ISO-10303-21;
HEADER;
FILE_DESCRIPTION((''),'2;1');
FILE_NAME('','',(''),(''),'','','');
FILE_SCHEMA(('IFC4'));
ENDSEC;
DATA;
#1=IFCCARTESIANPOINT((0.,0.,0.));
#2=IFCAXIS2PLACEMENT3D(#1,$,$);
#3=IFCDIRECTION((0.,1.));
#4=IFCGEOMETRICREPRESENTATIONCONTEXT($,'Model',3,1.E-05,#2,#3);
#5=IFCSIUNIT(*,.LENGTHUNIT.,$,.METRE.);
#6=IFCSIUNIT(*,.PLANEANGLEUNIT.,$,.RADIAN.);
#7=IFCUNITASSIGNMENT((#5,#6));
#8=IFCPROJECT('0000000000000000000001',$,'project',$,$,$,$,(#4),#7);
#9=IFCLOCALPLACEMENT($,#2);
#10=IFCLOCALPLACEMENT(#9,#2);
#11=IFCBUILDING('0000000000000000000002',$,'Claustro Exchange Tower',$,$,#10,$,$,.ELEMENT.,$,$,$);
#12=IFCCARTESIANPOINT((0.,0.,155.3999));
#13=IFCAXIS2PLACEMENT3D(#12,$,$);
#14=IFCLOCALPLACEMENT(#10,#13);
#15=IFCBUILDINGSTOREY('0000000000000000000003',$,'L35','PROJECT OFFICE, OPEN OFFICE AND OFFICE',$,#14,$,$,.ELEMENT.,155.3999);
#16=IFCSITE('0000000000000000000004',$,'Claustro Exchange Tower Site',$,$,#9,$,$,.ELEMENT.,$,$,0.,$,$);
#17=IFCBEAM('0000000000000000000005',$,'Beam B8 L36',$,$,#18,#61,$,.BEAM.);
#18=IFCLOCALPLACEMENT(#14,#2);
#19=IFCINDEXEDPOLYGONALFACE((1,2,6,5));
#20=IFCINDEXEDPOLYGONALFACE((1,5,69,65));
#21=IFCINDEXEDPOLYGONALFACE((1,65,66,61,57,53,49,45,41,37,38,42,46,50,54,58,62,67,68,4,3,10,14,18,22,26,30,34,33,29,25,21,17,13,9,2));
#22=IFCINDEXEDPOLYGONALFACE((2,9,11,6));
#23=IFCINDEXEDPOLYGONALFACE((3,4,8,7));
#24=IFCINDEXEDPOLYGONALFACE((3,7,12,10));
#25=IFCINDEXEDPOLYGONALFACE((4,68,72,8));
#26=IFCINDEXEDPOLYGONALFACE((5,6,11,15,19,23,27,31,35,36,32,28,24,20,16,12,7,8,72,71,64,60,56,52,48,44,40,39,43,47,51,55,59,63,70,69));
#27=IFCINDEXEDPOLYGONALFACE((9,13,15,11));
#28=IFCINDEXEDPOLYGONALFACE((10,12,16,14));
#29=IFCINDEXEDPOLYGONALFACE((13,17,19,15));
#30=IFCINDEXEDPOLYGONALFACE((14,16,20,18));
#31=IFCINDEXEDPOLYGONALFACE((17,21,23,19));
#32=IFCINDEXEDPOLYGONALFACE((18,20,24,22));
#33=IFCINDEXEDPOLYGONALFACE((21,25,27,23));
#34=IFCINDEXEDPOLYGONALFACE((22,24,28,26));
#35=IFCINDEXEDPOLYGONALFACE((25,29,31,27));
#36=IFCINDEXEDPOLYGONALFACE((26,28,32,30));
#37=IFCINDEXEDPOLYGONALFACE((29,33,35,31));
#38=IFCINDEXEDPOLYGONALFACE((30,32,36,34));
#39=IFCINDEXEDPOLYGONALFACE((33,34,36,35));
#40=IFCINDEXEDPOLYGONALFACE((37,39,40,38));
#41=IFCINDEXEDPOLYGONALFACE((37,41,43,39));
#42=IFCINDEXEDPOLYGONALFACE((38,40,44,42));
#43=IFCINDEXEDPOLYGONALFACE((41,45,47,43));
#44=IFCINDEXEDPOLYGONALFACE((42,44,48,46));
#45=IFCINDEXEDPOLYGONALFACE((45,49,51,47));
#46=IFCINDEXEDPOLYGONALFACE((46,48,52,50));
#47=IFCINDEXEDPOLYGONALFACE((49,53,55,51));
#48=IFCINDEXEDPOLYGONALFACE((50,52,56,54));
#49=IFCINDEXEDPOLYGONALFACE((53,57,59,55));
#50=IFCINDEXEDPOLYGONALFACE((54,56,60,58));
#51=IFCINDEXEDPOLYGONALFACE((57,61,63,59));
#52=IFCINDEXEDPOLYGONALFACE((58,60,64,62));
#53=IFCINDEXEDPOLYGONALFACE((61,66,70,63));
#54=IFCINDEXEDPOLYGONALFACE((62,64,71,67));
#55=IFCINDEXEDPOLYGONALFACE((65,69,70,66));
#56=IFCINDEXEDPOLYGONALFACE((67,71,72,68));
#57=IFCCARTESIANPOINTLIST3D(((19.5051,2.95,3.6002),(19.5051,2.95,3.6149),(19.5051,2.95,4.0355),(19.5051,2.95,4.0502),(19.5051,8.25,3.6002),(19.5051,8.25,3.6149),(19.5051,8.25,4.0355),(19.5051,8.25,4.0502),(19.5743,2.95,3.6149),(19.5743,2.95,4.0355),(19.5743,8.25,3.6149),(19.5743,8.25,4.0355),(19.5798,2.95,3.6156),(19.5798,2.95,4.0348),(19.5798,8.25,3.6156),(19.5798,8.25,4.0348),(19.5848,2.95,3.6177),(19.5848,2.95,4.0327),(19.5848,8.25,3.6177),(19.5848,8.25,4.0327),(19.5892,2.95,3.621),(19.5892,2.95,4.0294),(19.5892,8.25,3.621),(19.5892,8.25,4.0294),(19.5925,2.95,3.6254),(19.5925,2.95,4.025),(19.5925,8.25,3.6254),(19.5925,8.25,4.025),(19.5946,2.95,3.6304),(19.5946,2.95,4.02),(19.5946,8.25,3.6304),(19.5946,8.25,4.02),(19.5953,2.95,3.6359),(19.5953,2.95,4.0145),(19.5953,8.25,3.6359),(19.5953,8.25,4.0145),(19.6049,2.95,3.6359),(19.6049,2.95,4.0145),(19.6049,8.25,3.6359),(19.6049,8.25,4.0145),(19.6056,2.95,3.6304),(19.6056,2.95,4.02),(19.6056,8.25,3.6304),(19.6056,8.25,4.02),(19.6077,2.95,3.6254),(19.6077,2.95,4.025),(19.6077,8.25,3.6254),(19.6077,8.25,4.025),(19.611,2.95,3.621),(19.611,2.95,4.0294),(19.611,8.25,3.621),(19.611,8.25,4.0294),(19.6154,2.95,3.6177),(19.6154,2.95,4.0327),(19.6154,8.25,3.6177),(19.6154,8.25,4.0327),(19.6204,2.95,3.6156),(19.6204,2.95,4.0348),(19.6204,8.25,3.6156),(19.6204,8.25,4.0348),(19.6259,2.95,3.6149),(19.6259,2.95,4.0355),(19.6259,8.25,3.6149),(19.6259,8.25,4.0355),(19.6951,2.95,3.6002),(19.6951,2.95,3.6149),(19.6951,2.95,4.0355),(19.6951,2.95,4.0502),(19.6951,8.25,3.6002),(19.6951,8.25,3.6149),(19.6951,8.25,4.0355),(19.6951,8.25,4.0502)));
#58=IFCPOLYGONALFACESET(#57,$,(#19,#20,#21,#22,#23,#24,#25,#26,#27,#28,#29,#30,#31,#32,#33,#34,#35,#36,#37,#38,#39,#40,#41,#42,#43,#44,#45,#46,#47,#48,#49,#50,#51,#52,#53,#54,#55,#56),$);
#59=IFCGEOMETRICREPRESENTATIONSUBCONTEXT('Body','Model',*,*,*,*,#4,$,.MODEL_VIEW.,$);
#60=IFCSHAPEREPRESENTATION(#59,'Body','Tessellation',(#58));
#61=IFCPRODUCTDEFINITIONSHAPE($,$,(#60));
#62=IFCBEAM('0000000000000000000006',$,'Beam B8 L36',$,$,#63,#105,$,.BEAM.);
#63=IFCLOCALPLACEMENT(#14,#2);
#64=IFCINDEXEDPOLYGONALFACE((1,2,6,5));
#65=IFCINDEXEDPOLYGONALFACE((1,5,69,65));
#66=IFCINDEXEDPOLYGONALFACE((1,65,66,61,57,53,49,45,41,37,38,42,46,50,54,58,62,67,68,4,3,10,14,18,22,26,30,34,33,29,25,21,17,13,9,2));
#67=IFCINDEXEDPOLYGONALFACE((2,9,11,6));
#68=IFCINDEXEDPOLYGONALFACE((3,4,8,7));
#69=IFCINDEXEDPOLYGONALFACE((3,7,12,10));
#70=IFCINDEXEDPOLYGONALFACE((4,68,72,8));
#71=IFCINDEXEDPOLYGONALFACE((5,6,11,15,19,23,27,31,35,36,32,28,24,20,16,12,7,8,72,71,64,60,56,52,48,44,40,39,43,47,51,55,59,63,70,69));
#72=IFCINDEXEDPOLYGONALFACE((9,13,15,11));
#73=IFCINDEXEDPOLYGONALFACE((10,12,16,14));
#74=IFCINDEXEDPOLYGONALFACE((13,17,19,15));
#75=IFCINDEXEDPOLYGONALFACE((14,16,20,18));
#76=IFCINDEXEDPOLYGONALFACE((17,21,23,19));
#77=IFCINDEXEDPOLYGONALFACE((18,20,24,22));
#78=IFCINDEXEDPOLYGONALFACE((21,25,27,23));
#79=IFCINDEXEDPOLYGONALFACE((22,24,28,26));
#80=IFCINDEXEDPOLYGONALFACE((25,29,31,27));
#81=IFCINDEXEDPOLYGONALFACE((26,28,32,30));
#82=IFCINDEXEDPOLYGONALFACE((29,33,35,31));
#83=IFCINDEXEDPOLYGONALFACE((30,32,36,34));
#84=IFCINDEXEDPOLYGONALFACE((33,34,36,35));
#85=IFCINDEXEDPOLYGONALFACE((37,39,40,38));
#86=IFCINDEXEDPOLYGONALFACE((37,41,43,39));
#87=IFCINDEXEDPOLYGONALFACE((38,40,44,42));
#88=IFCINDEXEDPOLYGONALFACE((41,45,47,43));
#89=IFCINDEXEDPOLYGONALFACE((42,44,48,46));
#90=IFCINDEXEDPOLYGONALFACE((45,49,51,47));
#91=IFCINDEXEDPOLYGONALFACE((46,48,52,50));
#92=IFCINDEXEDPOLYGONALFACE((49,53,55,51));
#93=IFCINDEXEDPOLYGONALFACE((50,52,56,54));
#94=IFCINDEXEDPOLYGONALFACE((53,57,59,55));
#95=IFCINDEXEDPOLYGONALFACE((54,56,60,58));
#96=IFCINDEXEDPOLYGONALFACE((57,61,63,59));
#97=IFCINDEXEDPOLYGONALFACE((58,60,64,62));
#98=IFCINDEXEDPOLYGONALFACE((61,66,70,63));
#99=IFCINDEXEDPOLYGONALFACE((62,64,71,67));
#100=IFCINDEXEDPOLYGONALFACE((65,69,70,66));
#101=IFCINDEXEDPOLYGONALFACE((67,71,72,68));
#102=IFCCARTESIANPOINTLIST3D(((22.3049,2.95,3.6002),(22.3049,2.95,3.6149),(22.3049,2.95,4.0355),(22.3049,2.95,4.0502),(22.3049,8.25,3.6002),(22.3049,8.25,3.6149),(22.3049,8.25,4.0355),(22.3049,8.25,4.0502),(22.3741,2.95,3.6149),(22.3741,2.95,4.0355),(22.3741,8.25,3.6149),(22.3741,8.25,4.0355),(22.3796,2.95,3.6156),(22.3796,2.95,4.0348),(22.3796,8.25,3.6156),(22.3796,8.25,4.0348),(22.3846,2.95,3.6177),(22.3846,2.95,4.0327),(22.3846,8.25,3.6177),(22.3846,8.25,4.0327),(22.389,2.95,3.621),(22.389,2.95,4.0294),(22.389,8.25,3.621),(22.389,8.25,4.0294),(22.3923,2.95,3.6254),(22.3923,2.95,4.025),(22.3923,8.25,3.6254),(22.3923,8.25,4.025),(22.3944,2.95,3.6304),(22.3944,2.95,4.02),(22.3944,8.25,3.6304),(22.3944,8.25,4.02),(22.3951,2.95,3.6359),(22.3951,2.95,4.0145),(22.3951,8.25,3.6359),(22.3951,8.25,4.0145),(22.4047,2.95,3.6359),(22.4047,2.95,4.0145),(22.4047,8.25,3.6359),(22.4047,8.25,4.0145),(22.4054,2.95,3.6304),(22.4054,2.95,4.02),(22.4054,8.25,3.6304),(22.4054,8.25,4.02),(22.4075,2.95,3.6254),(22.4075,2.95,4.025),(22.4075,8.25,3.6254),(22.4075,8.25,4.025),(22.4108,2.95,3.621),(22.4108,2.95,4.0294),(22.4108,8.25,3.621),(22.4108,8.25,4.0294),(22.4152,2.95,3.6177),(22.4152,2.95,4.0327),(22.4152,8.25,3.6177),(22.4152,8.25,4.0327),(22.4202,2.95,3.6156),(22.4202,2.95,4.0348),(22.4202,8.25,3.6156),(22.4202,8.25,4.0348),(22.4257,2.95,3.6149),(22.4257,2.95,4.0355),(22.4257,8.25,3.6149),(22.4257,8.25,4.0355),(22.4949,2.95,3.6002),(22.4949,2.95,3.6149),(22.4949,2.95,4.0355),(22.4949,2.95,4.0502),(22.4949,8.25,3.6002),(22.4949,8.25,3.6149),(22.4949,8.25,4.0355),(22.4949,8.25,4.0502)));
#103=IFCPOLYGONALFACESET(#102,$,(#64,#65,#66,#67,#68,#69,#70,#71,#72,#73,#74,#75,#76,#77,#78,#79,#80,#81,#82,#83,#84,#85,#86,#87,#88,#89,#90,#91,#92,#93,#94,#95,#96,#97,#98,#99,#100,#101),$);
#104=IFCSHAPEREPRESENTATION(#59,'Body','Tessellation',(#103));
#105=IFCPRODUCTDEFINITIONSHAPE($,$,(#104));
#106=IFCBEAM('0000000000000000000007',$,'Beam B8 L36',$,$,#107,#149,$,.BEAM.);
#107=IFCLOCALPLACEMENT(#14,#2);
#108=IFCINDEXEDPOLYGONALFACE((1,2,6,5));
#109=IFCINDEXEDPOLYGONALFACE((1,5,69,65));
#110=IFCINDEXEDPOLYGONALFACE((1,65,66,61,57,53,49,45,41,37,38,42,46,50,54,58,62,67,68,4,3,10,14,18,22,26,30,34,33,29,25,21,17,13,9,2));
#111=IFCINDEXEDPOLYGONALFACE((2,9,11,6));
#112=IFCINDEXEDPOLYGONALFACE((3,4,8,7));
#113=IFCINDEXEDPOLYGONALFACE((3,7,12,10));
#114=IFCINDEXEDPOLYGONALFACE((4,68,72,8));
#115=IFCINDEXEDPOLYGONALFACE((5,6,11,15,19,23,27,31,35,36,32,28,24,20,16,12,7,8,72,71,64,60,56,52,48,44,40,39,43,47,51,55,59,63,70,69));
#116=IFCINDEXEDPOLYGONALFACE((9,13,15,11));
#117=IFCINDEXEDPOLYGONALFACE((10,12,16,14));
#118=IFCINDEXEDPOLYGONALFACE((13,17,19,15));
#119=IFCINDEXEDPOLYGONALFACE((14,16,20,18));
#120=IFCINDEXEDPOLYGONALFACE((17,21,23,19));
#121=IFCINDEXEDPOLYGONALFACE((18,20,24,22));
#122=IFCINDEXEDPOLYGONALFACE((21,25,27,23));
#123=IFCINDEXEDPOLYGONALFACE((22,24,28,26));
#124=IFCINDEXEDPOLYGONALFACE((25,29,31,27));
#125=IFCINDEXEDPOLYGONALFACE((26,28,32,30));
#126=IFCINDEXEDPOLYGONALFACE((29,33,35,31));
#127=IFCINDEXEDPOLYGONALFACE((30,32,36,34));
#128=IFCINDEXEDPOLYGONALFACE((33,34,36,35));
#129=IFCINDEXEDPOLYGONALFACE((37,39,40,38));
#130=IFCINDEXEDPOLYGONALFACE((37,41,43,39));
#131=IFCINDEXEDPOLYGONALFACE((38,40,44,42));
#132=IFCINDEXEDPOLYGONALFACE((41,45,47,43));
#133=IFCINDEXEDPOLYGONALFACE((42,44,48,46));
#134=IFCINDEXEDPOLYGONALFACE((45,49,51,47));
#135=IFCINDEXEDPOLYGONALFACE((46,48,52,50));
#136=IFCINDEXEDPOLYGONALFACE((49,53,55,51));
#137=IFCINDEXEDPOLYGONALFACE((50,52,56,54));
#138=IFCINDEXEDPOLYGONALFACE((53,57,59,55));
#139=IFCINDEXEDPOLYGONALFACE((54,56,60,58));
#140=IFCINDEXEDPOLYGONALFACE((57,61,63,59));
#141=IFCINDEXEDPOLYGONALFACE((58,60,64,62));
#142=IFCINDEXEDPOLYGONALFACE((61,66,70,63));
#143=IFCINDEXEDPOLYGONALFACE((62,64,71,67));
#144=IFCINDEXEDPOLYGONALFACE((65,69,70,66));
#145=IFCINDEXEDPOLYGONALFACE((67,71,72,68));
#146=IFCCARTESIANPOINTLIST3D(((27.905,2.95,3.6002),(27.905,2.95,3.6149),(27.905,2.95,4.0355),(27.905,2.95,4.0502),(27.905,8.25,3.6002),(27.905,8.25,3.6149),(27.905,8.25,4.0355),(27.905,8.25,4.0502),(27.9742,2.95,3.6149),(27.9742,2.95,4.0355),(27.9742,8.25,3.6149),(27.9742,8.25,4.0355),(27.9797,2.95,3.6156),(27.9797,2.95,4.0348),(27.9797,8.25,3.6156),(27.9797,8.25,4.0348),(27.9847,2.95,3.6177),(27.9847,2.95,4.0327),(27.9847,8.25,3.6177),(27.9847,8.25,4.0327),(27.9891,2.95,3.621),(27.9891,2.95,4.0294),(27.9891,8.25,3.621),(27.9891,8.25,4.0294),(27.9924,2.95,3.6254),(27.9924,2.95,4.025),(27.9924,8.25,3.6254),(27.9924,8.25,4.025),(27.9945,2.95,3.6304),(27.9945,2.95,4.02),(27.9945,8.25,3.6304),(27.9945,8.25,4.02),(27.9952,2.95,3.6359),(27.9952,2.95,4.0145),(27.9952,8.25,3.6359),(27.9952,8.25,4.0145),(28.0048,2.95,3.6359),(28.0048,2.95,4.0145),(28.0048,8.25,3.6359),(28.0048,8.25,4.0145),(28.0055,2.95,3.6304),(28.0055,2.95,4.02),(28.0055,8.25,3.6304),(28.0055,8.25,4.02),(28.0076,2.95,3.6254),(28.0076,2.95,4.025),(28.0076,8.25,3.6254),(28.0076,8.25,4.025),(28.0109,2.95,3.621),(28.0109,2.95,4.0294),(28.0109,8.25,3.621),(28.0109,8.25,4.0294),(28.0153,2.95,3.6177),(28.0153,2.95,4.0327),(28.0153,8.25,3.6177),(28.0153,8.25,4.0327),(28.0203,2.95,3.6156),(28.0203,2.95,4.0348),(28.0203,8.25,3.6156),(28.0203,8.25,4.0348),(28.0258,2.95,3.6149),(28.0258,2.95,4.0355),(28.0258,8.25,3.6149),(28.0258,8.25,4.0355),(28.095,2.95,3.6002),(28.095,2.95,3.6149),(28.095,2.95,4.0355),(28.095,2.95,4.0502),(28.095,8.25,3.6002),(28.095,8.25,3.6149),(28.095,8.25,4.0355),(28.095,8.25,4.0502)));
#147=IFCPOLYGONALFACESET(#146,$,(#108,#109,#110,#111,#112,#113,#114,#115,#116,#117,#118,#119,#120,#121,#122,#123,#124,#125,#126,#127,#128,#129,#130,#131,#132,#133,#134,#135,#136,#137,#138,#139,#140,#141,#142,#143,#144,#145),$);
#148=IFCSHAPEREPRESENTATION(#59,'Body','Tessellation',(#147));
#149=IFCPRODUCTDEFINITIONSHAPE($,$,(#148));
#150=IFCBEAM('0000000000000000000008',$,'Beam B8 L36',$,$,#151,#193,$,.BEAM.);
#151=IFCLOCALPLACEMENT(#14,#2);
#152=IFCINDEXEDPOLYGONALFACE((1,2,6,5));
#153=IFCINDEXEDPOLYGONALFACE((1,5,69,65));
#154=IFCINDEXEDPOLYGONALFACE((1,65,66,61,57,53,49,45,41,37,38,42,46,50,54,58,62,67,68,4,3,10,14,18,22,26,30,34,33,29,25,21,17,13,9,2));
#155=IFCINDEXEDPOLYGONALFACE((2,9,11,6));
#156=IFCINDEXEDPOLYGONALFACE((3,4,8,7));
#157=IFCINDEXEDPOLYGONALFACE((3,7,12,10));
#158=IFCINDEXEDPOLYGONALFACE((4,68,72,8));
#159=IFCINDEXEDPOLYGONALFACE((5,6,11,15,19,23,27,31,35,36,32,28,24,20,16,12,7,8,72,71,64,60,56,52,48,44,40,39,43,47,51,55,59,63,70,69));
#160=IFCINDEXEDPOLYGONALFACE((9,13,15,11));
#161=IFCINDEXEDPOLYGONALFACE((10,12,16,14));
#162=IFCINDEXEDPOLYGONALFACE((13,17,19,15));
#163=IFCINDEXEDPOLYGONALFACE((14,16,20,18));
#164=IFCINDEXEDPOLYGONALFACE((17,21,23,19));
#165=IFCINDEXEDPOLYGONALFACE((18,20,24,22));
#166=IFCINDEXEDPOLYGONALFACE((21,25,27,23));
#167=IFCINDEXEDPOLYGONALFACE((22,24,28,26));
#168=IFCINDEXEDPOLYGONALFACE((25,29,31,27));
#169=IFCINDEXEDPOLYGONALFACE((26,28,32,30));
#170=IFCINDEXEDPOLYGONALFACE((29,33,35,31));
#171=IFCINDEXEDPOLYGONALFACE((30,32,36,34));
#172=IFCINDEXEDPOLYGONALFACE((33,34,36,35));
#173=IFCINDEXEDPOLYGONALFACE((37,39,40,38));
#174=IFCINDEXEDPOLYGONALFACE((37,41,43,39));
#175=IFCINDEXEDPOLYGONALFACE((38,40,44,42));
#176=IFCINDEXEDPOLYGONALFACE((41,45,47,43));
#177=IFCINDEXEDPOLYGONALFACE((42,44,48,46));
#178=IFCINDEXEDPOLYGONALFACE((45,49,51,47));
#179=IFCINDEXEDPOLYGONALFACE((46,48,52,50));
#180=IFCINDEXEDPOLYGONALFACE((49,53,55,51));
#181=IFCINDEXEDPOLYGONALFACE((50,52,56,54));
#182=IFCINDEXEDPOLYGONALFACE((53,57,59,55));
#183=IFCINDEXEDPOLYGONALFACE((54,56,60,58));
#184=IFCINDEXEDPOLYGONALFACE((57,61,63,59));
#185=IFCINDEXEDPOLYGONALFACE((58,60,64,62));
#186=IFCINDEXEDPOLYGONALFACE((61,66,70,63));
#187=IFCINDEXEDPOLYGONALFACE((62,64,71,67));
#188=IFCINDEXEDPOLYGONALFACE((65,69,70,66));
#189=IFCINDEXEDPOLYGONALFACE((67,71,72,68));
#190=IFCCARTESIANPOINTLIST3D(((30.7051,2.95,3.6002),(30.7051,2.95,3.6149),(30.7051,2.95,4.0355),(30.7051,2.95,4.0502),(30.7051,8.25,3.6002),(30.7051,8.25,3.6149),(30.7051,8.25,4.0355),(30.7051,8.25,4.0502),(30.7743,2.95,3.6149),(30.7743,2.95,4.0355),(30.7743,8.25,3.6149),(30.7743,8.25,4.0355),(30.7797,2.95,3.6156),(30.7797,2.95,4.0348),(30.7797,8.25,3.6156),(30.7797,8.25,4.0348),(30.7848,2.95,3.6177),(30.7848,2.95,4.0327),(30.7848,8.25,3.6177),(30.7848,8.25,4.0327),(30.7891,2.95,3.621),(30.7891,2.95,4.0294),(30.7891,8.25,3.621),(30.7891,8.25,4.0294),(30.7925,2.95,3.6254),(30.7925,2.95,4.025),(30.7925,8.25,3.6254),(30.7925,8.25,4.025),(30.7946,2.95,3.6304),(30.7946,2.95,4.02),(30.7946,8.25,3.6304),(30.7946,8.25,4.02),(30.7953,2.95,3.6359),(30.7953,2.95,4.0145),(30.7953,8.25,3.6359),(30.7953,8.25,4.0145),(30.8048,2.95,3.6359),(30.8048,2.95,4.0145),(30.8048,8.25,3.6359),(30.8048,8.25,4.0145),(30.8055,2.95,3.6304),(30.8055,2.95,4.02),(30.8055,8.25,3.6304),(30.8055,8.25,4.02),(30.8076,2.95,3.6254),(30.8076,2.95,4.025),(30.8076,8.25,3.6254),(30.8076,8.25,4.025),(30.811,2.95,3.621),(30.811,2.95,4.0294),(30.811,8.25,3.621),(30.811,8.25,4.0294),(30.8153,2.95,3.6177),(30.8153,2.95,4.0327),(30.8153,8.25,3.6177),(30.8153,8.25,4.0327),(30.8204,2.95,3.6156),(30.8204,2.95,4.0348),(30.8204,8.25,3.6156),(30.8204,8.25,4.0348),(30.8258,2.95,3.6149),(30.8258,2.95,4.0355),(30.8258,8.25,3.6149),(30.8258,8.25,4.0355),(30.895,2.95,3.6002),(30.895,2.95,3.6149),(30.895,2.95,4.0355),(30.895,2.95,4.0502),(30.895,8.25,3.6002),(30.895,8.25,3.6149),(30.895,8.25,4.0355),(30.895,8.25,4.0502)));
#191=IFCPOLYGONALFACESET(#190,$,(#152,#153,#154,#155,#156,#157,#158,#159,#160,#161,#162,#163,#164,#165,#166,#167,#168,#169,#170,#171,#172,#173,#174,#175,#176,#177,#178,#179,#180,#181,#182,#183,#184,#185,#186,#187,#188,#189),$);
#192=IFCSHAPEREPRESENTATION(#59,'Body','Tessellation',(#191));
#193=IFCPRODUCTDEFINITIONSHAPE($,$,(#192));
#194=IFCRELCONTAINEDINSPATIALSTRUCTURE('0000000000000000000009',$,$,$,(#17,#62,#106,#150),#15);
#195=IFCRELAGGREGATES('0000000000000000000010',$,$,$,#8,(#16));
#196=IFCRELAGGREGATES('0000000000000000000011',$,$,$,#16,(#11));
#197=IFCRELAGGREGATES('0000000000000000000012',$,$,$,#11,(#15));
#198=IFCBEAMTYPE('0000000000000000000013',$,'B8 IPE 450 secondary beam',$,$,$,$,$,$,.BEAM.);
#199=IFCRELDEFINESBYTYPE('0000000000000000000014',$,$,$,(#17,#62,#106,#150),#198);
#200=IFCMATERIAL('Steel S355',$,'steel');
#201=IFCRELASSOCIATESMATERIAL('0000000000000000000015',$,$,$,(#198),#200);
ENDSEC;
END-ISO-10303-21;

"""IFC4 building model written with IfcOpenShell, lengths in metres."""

from ifc_helpers import new_model, si_unit, direction, frame, origin, origin_2d, place, context, subcontext, project, spatial, i_section, extrude, material, material_profile, profile_set, type_object, element, save


model = new_model("IFC4")

# Units and contexts
model_context = context("Model", 3, precision=1e-05, world=origin(), true_north=direction((0.0, 1.0)))
body_context = subcontext(model_context, "Body", "Model", "MODEL_VIEW")
ifc_project = project(units=[si_unit("LENGTHUNIT", "METRE"), si_unit("PLANEANGLEUNIT", "RADIAN")], contexts=[model_context])

# Site, building, storey
site_placement = place(None, origin())
site = spatial("IfcSite", under=ifc_project, at=site_placement, Name="Claustro Exchange Tower Site", CompositionType="ELEMENT", RefElevation=0.0)
building_placement = place(site_placement, origin())
building = spatial("IfcBuilding", under=site, at=building_placement, Name="Claustro Exchange Tower", CompositionType="ELEMENT")
storey_placement = place(building_placement, frame((0.0, 0.0, 155.3999)))
storey = spatial("IfcBuildingStorey", under=building, at=storey_placement, Name="L35", Description="PROJECT OFFICE, OPEN OFFICE AND OFFICE", CompositionType="ELEMENT", Elevation=155.3999)

# Beams
ifc_material_1 = material(Name="Steel S355", Category="steel")
ifc_material_profile_1 = material_profile(ifc_material_1, i_section(OverallWidth=0.1899, OverallDepth=0.45, WebThickness=0.0095, FlangeThickness=0.0146, FilletRadius=0.021, at=origin_2d()), Name="IPE 450")
ifc_profile_set_1 = profile_set([ifc_material_profile_1], Name="Steel S355")
beam_type_1 = type_object("IfcBeamType", Name="B8 IPE 450 secondary beam", PredefinedType="BEAM", material=ifc_profile_set_1)
for number, where, z_axis, x_axis, name in (
    (1, (19.6001, 2.95, 3.8252), (0.0, 1.0, 0.0), (-1.0, 0.0, 0.0), "Beam B8 L36"),
    (2, (22.3999, 2.95, 3.8252), (0.0, 1.0, 0.0), (-1.0, 0.0, 0.0), "Beam B8 L36"),
    (3, (28.0, 2.95, 3.8252), (0.0, 1.0, 0.0), (-1.0, 0.0, 0.0), "Beam B8 L36"),
    (4, (30.8, 2.95, 3.8252), (0.0, 1.0, 0.0), (-1.0, 0.0, 0.0), "Beam B8 L36"),
):
    element("IfcBeam", number, at=place(storey_placement, frame(where, z_axis=z_axis, x_axis=x_axis)), inside=storey, type_object=beam_type_1, Name=name, PredefinedType="BEAM", context=body_context, shape_type="SweptSolid", body=[
        extrude(i_section(OverallWidth=0.1899, OverallDepth=0.45, WebThickness=0.0095, FlangeThickness=0.0146, FilletRadius=0.021, at=origin_2d()), origin(), (0.0, 0.0, 1.0), 5.3),
    ])

save(model, "model.ifc")
